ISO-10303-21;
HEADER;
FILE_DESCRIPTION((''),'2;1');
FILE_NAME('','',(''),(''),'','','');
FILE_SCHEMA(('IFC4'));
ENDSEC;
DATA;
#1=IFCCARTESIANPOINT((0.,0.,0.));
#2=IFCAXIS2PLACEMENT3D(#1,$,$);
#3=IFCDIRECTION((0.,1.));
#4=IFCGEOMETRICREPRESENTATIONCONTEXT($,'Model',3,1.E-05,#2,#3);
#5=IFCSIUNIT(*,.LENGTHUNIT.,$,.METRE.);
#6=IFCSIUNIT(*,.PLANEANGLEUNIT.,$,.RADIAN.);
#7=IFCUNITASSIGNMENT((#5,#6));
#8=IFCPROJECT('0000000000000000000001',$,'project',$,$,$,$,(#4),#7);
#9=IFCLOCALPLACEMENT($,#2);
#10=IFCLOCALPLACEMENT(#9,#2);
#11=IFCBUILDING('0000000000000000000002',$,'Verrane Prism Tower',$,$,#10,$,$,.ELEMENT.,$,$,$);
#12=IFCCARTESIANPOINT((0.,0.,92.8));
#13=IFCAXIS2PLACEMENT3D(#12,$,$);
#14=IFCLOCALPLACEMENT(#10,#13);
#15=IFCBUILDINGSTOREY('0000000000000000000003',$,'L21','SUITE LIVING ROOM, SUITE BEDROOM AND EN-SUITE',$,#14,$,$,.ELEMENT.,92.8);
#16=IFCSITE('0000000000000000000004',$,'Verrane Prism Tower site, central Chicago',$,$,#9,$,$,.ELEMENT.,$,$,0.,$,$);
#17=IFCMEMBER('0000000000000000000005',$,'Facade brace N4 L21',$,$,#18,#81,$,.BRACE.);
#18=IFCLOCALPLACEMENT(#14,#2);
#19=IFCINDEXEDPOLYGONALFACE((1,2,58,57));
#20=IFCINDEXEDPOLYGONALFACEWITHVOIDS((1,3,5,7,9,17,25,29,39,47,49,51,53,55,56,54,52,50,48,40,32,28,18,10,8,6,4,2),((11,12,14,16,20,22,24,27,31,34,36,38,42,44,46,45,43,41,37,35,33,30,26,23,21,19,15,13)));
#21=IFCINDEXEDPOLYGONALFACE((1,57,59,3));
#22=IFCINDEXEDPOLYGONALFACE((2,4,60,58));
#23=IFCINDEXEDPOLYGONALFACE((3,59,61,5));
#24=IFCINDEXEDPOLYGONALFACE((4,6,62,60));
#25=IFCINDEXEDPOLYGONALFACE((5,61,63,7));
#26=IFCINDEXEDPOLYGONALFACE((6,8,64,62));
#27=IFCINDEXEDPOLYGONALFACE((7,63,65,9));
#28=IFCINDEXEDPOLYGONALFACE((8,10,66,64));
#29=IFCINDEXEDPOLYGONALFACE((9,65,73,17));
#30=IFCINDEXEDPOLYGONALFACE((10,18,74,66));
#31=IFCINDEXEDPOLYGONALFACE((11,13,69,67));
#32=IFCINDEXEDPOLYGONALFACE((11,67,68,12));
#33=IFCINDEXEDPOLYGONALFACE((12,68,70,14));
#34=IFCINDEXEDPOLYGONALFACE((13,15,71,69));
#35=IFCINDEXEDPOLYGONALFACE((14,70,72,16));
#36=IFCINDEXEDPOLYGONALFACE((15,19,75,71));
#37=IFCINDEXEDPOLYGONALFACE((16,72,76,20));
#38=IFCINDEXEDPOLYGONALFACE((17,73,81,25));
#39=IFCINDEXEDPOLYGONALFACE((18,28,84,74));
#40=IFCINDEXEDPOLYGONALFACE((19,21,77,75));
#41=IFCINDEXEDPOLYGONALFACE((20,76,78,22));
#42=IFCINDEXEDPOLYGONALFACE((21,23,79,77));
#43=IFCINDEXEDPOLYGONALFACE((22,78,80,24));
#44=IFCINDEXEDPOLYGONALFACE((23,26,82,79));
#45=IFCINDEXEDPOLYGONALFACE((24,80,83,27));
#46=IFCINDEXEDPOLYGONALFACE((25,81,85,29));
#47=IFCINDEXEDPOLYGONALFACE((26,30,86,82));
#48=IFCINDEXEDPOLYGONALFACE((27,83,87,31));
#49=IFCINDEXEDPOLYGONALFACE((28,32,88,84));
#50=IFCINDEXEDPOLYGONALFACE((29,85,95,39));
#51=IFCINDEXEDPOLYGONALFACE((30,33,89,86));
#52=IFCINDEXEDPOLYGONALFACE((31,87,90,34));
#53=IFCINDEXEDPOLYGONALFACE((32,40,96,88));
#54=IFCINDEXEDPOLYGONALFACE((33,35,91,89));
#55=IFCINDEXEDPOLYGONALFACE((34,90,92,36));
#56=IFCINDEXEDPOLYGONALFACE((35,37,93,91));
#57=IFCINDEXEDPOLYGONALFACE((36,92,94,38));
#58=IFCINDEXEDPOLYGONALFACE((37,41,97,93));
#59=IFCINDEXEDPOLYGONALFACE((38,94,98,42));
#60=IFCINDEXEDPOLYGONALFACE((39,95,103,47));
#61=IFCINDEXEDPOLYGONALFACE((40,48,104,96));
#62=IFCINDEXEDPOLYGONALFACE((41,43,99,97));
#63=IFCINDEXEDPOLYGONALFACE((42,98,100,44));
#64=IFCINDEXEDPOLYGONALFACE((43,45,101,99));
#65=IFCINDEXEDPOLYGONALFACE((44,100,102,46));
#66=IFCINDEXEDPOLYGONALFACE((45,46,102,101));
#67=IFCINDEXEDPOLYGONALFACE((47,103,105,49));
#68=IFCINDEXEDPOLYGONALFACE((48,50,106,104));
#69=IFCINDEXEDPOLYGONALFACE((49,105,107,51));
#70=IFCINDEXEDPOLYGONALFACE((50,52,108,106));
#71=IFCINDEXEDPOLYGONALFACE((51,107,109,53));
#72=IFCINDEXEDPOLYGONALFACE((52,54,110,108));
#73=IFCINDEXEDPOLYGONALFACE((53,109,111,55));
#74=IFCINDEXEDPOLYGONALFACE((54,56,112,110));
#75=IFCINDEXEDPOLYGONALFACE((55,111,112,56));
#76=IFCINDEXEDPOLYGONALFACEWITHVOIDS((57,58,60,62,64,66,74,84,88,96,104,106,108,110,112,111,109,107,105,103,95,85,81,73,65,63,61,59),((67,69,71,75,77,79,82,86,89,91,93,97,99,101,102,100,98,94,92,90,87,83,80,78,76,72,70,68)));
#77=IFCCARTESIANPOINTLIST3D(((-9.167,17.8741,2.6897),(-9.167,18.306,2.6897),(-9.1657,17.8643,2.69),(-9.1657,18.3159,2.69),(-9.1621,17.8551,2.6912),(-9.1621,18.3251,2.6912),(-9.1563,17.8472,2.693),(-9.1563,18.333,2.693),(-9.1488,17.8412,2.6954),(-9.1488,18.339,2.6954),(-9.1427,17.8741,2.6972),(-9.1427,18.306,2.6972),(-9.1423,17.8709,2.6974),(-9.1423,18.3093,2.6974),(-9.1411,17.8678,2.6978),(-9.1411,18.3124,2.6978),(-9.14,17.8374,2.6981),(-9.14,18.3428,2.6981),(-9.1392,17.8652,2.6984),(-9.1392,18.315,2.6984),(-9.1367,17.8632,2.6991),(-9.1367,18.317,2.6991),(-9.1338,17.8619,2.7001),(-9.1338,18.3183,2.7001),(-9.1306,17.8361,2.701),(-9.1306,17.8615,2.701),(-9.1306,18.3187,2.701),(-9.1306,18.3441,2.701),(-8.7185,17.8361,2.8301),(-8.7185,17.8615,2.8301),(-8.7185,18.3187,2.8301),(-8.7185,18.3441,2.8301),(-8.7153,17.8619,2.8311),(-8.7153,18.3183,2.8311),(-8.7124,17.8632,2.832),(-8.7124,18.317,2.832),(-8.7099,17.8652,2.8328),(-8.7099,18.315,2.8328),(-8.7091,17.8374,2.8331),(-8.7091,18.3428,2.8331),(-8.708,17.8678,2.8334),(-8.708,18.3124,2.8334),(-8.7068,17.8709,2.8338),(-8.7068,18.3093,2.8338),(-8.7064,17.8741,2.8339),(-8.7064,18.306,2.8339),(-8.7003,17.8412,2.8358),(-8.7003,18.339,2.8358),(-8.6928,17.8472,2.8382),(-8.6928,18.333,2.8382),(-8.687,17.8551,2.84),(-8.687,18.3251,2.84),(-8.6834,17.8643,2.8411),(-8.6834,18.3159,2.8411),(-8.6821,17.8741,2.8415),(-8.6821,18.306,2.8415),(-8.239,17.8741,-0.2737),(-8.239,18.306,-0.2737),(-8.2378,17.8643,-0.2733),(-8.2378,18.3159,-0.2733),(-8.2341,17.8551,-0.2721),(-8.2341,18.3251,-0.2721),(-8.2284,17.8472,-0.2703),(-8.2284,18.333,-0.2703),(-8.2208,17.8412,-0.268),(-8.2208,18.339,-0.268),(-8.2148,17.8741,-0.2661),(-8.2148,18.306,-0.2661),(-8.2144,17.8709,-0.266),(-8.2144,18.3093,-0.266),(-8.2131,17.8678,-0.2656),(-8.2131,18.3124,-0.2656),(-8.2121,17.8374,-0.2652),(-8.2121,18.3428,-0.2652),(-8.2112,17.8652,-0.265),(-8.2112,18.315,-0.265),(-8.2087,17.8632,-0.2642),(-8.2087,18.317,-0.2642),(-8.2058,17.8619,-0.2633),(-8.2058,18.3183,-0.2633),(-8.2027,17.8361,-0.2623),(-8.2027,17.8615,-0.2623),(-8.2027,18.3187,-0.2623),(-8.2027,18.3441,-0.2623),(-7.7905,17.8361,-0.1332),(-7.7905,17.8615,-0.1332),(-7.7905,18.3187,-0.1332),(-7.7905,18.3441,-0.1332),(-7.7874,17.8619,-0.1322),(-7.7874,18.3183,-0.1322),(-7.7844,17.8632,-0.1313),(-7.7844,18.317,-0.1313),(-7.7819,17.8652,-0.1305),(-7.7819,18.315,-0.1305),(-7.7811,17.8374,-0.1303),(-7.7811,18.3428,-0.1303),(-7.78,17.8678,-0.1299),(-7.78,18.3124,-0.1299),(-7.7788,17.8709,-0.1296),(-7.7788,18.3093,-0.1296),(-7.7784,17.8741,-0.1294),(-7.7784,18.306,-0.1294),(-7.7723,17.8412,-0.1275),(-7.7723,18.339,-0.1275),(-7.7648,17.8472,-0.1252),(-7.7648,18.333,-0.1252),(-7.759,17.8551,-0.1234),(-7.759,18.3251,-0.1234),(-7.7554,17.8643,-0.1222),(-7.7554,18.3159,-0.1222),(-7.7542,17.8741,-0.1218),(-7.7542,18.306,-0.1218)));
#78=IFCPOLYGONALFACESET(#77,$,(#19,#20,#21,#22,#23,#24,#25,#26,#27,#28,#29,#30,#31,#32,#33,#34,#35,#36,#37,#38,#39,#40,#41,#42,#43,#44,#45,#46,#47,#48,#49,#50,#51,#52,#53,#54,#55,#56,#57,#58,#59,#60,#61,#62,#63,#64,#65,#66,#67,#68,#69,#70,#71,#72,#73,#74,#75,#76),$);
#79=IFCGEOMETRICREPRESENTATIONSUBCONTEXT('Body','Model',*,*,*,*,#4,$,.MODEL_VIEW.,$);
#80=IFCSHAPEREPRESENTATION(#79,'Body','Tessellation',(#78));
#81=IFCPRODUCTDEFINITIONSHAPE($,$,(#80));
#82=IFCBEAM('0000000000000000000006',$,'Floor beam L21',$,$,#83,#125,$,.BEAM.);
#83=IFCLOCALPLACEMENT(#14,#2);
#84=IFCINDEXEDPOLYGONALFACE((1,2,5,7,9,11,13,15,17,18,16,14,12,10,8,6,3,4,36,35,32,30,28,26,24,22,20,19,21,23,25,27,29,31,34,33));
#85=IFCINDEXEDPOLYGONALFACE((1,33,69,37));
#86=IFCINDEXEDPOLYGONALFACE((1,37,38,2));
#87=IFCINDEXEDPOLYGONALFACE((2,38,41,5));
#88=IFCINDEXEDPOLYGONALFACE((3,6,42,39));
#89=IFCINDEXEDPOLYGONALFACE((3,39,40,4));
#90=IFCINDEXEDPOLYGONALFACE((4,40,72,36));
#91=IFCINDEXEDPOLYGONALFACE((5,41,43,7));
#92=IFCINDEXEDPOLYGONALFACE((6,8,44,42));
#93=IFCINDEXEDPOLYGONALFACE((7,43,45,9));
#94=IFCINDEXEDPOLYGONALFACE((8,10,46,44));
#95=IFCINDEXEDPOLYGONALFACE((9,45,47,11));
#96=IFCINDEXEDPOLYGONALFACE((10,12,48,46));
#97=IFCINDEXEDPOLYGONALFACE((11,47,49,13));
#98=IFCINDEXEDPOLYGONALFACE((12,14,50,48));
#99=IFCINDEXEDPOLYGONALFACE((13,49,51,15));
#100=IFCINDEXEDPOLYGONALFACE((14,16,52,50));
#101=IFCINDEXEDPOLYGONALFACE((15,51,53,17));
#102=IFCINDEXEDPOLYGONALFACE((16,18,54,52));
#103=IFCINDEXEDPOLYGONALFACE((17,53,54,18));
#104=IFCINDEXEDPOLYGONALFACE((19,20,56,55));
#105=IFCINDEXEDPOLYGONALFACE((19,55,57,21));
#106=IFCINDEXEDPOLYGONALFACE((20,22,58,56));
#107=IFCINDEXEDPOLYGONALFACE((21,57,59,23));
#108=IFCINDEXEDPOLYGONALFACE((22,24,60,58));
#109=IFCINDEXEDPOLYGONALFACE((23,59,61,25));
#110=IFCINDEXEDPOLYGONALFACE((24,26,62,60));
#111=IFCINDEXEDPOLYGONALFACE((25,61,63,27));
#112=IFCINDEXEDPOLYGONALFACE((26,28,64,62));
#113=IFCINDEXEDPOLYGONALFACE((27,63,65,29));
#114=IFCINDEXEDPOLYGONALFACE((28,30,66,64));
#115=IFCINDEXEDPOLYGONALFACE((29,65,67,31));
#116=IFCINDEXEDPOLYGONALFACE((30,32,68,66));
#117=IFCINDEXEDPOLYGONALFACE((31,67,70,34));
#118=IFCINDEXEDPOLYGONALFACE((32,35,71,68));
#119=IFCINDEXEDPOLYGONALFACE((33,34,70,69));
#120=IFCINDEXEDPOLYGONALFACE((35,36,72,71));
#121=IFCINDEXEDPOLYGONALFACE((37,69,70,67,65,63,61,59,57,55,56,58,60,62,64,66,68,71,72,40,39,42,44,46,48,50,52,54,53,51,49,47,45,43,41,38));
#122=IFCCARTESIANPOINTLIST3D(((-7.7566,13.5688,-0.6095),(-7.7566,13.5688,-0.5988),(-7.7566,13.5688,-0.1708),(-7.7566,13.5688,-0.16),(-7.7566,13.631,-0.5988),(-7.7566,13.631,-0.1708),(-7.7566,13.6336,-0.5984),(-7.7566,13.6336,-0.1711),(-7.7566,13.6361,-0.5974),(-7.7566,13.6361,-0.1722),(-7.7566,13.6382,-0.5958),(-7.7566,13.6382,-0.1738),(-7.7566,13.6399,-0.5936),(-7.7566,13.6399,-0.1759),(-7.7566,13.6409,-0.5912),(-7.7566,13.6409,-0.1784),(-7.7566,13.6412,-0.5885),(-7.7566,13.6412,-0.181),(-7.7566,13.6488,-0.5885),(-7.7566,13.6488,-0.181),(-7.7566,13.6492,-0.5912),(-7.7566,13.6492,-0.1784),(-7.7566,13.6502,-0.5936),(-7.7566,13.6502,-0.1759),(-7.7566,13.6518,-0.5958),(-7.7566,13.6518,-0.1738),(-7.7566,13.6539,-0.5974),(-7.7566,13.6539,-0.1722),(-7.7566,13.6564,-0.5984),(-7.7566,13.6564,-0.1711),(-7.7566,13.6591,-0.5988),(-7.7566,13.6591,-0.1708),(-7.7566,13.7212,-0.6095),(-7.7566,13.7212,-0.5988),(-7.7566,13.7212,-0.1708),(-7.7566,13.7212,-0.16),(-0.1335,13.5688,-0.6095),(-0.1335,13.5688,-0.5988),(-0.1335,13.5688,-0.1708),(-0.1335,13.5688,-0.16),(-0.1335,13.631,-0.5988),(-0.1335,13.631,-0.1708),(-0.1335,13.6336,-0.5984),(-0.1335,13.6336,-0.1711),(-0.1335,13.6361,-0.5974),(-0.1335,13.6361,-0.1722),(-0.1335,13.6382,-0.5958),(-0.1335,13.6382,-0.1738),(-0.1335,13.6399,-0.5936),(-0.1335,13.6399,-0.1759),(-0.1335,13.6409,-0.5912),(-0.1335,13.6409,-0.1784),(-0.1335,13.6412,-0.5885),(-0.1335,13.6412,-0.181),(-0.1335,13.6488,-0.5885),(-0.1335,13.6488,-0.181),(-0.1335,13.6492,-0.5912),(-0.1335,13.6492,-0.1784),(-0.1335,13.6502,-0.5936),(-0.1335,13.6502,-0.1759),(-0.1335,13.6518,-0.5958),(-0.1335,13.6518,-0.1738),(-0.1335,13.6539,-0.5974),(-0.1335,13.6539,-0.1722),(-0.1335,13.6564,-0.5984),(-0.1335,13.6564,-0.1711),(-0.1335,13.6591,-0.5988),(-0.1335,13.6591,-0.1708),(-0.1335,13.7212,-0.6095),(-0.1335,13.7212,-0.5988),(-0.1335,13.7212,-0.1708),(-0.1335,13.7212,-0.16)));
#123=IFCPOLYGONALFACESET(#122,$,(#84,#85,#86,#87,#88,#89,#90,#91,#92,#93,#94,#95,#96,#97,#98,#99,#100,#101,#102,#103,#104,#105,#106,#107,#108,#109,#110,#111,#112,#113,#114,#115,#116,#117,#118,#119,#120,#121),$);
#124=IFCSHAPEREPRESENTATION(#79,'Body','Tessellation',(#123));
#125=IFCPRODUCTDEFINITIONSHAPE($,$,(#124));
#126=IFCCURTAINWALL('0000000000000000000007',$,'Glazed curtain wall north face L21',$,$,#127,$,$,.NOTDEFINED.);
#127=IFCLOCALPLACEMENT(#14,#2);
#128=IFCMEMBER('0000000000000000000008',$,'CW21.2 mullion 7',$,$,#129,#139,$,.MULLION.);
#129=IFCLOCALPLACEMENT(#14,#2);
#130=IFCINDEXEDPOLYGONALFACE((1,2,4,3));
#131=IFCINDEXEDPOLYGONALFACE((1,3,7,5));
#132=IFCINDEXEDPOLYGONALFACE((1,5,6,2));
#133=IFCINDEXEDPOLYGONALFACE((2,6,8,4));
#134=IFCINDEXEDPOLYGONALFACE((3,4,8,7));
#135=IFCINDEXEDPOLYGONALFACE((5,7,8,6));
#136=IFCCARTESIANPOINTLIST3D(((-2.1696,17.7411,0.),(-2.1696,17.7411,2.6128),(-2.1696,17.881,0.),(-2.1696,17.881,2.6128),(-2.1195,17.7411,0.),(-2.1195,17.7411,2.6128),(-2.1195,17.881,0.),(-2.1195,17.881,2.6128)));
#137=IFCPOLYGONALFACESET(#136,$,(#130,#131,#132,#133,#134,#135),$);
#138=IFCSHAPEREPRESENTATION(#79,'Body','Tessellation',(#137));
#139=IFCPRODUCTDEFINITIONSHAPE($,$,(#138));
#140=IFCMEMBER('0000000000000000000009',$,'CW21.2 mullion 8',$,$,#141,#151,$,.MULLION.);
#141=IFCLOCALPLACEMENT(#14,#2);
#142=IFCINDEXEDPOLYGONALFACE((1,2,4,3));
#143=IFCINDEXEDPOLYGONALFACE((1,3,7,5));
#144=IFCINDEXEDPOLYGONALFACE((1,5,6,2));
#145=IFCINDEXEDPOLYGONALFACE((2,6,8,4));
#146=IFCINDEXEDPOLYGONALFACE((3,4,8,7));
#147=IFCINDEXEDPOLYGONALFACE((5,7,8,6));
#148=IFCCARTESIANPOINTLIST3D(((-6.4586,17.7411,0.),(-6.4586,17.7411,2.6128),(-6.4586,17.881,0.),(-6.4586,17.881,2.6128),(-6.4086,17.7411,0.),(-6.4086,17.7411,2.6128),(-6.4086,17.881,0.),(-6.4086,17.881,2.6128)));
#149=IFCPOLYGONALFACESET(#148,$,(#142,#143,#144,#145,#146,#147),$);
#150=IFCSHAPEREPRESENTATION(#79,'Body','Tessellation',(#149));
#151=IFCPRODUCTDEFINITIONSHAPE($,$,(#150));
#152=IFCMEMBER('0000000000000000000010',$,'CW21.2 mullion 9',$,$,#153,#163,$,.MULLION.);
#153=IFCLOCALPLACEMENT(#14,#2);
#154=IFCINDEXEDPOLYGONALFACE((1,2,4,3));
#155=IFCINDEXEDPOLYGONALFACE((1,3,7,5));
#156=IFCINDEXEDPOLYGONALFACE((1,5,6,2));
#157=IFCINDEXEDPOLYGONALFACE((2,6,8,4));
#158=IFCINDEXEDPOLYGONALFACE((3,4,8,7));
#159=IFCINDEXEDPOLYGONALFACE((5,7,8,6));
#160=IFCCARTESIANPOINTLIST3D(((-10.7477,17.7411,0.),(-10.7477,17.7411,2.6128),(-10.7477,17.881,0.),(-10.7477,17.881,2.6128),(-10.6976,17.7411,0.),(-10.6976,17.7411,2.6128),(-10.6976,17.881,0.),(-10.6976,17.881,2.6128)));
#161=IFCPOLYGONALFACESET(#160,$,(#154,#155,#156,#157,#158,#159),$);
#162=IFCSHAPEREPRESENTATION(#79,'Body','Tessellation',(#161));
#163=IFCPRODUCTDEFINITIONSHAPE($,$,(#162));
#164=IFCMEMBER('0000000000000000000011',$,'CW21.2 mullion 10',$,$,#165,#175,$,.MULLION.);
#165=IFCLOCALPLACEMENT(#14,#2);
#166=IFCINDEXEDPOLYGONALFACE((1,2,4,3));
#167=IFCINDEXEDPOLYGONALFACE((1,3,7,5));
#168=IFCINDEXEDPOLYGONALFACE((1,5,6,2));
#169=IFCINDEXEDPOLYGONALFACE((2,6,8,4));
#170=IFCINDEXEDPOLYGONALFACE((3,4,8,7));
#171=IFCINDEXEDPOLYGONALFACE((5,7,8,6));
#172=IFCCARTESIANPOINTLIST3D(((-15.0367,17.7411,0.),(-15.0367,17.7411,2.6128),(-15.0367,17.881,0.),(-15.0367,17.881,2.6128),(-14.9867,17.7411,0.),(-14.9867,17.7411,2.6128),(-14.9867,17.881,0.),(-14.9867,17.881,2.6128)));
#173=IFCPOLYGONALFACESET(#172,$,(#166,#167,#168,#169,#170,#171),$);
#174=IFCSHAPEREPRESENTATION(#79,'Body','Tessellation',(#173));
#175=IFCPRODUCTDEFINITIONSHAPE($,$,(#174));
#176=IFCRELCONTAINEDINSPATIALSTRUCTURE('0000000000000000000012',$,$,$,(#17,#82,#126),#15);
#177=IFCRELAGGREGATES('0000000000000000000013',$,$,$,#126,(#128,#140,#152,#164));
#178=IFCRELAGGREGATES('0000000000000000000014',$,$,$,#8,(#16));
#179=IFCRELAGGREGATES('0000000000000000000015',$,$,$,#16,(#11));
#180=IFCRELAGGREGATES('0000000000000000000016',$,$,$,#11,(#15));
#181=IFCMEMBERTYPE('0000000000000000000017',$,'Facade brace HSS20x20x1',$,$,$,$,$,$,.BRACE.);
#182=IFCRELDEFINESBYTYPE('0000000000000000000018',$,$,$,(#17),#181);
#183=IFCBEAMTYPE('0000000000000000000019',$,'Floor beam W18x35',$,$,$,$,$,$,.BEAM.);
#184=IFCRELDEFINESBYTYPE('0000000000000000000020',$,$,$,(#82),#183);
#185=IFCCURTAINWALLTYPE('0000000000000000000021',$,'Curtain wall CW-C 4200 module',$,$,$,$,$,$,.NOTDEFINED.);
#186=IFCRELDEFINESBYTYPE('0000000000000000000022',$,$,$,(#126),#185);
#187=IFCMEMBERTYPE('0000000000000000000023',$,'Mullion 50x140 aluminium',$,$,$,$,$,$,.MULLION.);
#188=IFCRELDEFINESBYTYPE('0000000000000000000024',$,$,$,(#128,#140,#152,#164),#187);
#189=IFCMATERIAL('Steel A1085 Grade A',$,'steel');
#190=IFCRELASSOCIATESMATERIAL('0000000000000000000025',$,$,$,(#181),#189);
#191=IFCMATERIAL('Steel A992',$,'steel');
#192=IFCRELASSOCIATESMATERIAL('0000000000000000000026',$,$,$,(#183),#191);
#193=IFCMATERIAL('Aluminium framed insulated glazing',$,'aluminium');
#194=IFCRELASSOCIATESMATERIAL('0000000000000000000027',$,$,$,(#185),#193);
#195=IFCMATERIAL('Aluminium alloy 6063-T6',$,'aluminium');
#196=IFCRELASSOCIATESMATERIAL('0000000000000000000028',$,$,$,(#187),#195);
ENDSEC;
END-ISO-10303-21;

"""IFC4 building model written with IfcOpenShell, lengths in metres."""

from ifc_helpers import new_model, si_unit, direction, frame, origin, origin_2d, place, context, subcontext, project, spatial, rectangle, hollow_rectangle, i_section, extrude, material, material_profile, profile_set, type_object, element, aggregate, save


model = new_model("IFC4")

# Units and contexts
model_context = context("Model", 3, precision=1e-05, world=origin(), true_north=direction((0.0, 1.0)))
body_context = subcontext(model_context, "Body", "Model", "MODEL_VIEW")
ifc_project = project(units=[si_unit("LENGTHUNIT", "METRE"), si_unit("PLANEANGLEUNIT", "RADIAN")], contexts=[model_context])

# Site, building, storey
site_placement = place(None, origin())
site = spatial("IfcSite", under=ifc_project, at=site_placement, Name="Verrane Prism Tower site, central Chicago", CompositionType="ELEMENT", RefElevation=0.0)
building_placement = place(site_placement, origin())
building = spatial("IfcBuilding", under=site, at=building_placement, Name="Verrane Prism Tower", CompositionType="ELEMENT")
storey_placement = place(building_placement, frame((0.0, 0.0, 92.8)))
storey = spatial("IfcBuildingStorey", under=building, at=storey_placement, Name="L21", Description="SUITE LIVING ROOM, SUITE BEDROOM AND EN-SUITE", CompositionType="ELEMENT", Elevation=92.8)

# Member
ifc_material_1 = material(Name="Steel A1085 Grade A", Category="steel")
ifc_material_profile_1 = material_profile(ifc_material_1, hollow_rectangle(XDim=0.5081, YDim=0.5081, WallThickness=0.0254, InnerFilletRadius=0.0127, OuterFilletRadius=0.0381, at=origin_2d()), Name="HSS20x20x1")
ifc_profile_set_1 = profile_set([ifc_material_profile_1], Name="Steel A1085 Grade A")
member_type_1 = type_object("IfcMemberType", Name="Facade brace HSS20x20x1", PredefinedType="BRACE", material=ifc_profile_set_1)
for number, where, z_axis, x_axis, name in (
    (1, (-7.9966, 18.0901, -0.1978), (-0.298839, 0.0, 0.954304), (0.0, -1.0, 0.0), "Facade brace N4 L21"),
):
    element("IfcMember", number, at=place(storey_placement, frame(where, z_axis=z_axis, x_axis=x_axis)), inside=storey, type_object=member_type_1, Name=name, PredefinedType="BRACE", context=body_context, shape_type="SweptSolid", body=[
        extrude(hollow_rectangle(XDim=0.5081, YDim=0.5081, WallThickness=0.0254, InnerFilletRadius=0.0127, OuterFilletRadius=0.0381, at=origin_2d()), origin(), (0.0, 0.0, 1.0), 3.1052),
    ])

# Beam
ifc_material_2 = material(Name="Steel A992", Category="steel")
ifc_material_profile_2 = material_profile(ifc_material_2, i_section(OverallWidth=0.1523, OverallDepth=0.4495, WebThickness=0.0076, FlangeThickness=0.0107, FilletRadius=0.0103, at=origin_2d()), Name="W18x35")
ifc_profile_set_2 = profile_set([ifc_material_profile_2], Name="Steel A992")
beam_type_1 = type_object("IfcBeamType", Name="Floor beam W18x35", PredefinedType="BEAM", material=ifc_profile_set_2)
beam_1_placement = place(storey_placement, frame((-7.7566, 13.645, -0.3848), z_axis=(1.0, 0.0, 0.0), x_axis=(0.0, 1.0, 0.0)))
element("IfcBeam", 2, at=beam_1_placement, inside=storey, type_object=beam_type_1, Name="Floor beam L21", PredefinedType="BEAM", context=body_context, shape_type="SweptSolid", body=[
    extrude(i_section(OverallWidth=0.1523, OverallDepth=0.4495, WebThickness=0.0076, FlangeThickness=0.0107, FilletRadius=0.0103, at=origin_2d()), origin(), (0.0, 0.0, 1.0), 7.623),
])

# Curtain wall, members
ifc_material_3 = material(Name="Aluminium framed insulated glazing", Category="aluminium")
curtain_wall_type = type_object("IfcCurtainWallType", Name="Curtain wall CW-C 4200 module", PredefinedType="NOTDEFINED", material=ifc_material_3)
curtain_wall_placement = place(storey_placement, origin())
curtain_wall = element("IfcCurtainWall", 3, at=curtain_wall_placement, inside=storey, type_object=curtain_wall_type, Name="Glazed curtain wall north face L21", PredefinedType="NOTDEFINED")
ifc_material_4 = material(Name="Aluminium alloy 6063-T6", Category="aluminium")
ifc_material_profile_3 = material_profile(ifc_material_4, rectangle(XDim=0.1399, YDim=0.05, at=origin_2d()), Name="Mullion 50x140 aluminium")
ifc_profile_set_3 = profile_set([ifc_material_profile_3], Name="Aluminium alloy 6063-T6")
member_type_2 = type_object("IfcMemberType", Name="Mullion 50x140 aluminium", PredefinedType="MULLION", material=ifc_profile_set_3)
member_1_placement = place(storey_placement, frame((-2.1445, 17.811, 0.0), z_axis=(0.0, 0.0, 1.0), x_axis=(0.0, -1.0, 0.0)))
member_1 = element("IfcMember", 4, at=member_1_placement, type_object=member_type_2, Name="CW21.2 mullion 7", PredefinedType="MULLION", context=body_context, shape_type="SweptSolid", body=[
    extrude(rectangle(XDim=0.1399, YDim=0.05, at=origin_2d()), origin(), (0.0, 0.0, 1.0), 2.6128),
])
member_2_placement = place(storey_placement, frame((-6.4336, 17.811, 0.0), z_axis=(0.0, 0.0, 1.0), x_axis=(0.0, -1.0, 0.0)))
member_2 = element("IfcMember", 5, at=member_2_placement, type_object=member_type_2, Name="CW21.2 mullion 8", PredefinedType="MULLION", context=body_context, shape_type="SweptSolid", body=[
    extrude(rectangle(XDim=0.1399, YDim=0.05, at=origin_2d()), origin(), (0.0, 0.0, 1.0), 2.6128),
])
member_3_placement = place(storey_placement, frame((-10.7227, 17.811, 0.0), z_axis=(0.0, 0.0, 1.0), x_axis=(0.0, -1.0, 0.0)))
member_3 = element("IfcMember", 6, at=member_3_placement, type_object=member_type_2, Name="CW21.2 mullion 9", PredefinedType="MULLION", context=body_context, shape_type="SweptSolid", body=[
    extrude(rectangle(XDim=0.1399, YDim=0.05, at=origin_2d()), origin(), (0.0, 0.0, 1.0), 2.6128),
])
member_4_placement = place(storey_placement, frame((-15.0117, 17.811, 0.0), z_axis=(0.0, 0.0, 1.0), x_axis=(0.0, -1.0, 0.0)))
member_4 = element("IfcMember", 7, at=member_4_placement, type_object=member_type_2, Name="CW21.2 mullion 10", PredefinedType="MULLION", context=body_context, shape_type="SweptSolid", body=[
    extrude(rectangle(XDim=0.1399, YDim=0.05, at=origin_2d()), origin(), (0.0, 0.0, 1.0), 2.6128),
])

aggregate(curtain_wall, [member_1, member_2, member_3, member_4])

save(model, "model.ifc")
